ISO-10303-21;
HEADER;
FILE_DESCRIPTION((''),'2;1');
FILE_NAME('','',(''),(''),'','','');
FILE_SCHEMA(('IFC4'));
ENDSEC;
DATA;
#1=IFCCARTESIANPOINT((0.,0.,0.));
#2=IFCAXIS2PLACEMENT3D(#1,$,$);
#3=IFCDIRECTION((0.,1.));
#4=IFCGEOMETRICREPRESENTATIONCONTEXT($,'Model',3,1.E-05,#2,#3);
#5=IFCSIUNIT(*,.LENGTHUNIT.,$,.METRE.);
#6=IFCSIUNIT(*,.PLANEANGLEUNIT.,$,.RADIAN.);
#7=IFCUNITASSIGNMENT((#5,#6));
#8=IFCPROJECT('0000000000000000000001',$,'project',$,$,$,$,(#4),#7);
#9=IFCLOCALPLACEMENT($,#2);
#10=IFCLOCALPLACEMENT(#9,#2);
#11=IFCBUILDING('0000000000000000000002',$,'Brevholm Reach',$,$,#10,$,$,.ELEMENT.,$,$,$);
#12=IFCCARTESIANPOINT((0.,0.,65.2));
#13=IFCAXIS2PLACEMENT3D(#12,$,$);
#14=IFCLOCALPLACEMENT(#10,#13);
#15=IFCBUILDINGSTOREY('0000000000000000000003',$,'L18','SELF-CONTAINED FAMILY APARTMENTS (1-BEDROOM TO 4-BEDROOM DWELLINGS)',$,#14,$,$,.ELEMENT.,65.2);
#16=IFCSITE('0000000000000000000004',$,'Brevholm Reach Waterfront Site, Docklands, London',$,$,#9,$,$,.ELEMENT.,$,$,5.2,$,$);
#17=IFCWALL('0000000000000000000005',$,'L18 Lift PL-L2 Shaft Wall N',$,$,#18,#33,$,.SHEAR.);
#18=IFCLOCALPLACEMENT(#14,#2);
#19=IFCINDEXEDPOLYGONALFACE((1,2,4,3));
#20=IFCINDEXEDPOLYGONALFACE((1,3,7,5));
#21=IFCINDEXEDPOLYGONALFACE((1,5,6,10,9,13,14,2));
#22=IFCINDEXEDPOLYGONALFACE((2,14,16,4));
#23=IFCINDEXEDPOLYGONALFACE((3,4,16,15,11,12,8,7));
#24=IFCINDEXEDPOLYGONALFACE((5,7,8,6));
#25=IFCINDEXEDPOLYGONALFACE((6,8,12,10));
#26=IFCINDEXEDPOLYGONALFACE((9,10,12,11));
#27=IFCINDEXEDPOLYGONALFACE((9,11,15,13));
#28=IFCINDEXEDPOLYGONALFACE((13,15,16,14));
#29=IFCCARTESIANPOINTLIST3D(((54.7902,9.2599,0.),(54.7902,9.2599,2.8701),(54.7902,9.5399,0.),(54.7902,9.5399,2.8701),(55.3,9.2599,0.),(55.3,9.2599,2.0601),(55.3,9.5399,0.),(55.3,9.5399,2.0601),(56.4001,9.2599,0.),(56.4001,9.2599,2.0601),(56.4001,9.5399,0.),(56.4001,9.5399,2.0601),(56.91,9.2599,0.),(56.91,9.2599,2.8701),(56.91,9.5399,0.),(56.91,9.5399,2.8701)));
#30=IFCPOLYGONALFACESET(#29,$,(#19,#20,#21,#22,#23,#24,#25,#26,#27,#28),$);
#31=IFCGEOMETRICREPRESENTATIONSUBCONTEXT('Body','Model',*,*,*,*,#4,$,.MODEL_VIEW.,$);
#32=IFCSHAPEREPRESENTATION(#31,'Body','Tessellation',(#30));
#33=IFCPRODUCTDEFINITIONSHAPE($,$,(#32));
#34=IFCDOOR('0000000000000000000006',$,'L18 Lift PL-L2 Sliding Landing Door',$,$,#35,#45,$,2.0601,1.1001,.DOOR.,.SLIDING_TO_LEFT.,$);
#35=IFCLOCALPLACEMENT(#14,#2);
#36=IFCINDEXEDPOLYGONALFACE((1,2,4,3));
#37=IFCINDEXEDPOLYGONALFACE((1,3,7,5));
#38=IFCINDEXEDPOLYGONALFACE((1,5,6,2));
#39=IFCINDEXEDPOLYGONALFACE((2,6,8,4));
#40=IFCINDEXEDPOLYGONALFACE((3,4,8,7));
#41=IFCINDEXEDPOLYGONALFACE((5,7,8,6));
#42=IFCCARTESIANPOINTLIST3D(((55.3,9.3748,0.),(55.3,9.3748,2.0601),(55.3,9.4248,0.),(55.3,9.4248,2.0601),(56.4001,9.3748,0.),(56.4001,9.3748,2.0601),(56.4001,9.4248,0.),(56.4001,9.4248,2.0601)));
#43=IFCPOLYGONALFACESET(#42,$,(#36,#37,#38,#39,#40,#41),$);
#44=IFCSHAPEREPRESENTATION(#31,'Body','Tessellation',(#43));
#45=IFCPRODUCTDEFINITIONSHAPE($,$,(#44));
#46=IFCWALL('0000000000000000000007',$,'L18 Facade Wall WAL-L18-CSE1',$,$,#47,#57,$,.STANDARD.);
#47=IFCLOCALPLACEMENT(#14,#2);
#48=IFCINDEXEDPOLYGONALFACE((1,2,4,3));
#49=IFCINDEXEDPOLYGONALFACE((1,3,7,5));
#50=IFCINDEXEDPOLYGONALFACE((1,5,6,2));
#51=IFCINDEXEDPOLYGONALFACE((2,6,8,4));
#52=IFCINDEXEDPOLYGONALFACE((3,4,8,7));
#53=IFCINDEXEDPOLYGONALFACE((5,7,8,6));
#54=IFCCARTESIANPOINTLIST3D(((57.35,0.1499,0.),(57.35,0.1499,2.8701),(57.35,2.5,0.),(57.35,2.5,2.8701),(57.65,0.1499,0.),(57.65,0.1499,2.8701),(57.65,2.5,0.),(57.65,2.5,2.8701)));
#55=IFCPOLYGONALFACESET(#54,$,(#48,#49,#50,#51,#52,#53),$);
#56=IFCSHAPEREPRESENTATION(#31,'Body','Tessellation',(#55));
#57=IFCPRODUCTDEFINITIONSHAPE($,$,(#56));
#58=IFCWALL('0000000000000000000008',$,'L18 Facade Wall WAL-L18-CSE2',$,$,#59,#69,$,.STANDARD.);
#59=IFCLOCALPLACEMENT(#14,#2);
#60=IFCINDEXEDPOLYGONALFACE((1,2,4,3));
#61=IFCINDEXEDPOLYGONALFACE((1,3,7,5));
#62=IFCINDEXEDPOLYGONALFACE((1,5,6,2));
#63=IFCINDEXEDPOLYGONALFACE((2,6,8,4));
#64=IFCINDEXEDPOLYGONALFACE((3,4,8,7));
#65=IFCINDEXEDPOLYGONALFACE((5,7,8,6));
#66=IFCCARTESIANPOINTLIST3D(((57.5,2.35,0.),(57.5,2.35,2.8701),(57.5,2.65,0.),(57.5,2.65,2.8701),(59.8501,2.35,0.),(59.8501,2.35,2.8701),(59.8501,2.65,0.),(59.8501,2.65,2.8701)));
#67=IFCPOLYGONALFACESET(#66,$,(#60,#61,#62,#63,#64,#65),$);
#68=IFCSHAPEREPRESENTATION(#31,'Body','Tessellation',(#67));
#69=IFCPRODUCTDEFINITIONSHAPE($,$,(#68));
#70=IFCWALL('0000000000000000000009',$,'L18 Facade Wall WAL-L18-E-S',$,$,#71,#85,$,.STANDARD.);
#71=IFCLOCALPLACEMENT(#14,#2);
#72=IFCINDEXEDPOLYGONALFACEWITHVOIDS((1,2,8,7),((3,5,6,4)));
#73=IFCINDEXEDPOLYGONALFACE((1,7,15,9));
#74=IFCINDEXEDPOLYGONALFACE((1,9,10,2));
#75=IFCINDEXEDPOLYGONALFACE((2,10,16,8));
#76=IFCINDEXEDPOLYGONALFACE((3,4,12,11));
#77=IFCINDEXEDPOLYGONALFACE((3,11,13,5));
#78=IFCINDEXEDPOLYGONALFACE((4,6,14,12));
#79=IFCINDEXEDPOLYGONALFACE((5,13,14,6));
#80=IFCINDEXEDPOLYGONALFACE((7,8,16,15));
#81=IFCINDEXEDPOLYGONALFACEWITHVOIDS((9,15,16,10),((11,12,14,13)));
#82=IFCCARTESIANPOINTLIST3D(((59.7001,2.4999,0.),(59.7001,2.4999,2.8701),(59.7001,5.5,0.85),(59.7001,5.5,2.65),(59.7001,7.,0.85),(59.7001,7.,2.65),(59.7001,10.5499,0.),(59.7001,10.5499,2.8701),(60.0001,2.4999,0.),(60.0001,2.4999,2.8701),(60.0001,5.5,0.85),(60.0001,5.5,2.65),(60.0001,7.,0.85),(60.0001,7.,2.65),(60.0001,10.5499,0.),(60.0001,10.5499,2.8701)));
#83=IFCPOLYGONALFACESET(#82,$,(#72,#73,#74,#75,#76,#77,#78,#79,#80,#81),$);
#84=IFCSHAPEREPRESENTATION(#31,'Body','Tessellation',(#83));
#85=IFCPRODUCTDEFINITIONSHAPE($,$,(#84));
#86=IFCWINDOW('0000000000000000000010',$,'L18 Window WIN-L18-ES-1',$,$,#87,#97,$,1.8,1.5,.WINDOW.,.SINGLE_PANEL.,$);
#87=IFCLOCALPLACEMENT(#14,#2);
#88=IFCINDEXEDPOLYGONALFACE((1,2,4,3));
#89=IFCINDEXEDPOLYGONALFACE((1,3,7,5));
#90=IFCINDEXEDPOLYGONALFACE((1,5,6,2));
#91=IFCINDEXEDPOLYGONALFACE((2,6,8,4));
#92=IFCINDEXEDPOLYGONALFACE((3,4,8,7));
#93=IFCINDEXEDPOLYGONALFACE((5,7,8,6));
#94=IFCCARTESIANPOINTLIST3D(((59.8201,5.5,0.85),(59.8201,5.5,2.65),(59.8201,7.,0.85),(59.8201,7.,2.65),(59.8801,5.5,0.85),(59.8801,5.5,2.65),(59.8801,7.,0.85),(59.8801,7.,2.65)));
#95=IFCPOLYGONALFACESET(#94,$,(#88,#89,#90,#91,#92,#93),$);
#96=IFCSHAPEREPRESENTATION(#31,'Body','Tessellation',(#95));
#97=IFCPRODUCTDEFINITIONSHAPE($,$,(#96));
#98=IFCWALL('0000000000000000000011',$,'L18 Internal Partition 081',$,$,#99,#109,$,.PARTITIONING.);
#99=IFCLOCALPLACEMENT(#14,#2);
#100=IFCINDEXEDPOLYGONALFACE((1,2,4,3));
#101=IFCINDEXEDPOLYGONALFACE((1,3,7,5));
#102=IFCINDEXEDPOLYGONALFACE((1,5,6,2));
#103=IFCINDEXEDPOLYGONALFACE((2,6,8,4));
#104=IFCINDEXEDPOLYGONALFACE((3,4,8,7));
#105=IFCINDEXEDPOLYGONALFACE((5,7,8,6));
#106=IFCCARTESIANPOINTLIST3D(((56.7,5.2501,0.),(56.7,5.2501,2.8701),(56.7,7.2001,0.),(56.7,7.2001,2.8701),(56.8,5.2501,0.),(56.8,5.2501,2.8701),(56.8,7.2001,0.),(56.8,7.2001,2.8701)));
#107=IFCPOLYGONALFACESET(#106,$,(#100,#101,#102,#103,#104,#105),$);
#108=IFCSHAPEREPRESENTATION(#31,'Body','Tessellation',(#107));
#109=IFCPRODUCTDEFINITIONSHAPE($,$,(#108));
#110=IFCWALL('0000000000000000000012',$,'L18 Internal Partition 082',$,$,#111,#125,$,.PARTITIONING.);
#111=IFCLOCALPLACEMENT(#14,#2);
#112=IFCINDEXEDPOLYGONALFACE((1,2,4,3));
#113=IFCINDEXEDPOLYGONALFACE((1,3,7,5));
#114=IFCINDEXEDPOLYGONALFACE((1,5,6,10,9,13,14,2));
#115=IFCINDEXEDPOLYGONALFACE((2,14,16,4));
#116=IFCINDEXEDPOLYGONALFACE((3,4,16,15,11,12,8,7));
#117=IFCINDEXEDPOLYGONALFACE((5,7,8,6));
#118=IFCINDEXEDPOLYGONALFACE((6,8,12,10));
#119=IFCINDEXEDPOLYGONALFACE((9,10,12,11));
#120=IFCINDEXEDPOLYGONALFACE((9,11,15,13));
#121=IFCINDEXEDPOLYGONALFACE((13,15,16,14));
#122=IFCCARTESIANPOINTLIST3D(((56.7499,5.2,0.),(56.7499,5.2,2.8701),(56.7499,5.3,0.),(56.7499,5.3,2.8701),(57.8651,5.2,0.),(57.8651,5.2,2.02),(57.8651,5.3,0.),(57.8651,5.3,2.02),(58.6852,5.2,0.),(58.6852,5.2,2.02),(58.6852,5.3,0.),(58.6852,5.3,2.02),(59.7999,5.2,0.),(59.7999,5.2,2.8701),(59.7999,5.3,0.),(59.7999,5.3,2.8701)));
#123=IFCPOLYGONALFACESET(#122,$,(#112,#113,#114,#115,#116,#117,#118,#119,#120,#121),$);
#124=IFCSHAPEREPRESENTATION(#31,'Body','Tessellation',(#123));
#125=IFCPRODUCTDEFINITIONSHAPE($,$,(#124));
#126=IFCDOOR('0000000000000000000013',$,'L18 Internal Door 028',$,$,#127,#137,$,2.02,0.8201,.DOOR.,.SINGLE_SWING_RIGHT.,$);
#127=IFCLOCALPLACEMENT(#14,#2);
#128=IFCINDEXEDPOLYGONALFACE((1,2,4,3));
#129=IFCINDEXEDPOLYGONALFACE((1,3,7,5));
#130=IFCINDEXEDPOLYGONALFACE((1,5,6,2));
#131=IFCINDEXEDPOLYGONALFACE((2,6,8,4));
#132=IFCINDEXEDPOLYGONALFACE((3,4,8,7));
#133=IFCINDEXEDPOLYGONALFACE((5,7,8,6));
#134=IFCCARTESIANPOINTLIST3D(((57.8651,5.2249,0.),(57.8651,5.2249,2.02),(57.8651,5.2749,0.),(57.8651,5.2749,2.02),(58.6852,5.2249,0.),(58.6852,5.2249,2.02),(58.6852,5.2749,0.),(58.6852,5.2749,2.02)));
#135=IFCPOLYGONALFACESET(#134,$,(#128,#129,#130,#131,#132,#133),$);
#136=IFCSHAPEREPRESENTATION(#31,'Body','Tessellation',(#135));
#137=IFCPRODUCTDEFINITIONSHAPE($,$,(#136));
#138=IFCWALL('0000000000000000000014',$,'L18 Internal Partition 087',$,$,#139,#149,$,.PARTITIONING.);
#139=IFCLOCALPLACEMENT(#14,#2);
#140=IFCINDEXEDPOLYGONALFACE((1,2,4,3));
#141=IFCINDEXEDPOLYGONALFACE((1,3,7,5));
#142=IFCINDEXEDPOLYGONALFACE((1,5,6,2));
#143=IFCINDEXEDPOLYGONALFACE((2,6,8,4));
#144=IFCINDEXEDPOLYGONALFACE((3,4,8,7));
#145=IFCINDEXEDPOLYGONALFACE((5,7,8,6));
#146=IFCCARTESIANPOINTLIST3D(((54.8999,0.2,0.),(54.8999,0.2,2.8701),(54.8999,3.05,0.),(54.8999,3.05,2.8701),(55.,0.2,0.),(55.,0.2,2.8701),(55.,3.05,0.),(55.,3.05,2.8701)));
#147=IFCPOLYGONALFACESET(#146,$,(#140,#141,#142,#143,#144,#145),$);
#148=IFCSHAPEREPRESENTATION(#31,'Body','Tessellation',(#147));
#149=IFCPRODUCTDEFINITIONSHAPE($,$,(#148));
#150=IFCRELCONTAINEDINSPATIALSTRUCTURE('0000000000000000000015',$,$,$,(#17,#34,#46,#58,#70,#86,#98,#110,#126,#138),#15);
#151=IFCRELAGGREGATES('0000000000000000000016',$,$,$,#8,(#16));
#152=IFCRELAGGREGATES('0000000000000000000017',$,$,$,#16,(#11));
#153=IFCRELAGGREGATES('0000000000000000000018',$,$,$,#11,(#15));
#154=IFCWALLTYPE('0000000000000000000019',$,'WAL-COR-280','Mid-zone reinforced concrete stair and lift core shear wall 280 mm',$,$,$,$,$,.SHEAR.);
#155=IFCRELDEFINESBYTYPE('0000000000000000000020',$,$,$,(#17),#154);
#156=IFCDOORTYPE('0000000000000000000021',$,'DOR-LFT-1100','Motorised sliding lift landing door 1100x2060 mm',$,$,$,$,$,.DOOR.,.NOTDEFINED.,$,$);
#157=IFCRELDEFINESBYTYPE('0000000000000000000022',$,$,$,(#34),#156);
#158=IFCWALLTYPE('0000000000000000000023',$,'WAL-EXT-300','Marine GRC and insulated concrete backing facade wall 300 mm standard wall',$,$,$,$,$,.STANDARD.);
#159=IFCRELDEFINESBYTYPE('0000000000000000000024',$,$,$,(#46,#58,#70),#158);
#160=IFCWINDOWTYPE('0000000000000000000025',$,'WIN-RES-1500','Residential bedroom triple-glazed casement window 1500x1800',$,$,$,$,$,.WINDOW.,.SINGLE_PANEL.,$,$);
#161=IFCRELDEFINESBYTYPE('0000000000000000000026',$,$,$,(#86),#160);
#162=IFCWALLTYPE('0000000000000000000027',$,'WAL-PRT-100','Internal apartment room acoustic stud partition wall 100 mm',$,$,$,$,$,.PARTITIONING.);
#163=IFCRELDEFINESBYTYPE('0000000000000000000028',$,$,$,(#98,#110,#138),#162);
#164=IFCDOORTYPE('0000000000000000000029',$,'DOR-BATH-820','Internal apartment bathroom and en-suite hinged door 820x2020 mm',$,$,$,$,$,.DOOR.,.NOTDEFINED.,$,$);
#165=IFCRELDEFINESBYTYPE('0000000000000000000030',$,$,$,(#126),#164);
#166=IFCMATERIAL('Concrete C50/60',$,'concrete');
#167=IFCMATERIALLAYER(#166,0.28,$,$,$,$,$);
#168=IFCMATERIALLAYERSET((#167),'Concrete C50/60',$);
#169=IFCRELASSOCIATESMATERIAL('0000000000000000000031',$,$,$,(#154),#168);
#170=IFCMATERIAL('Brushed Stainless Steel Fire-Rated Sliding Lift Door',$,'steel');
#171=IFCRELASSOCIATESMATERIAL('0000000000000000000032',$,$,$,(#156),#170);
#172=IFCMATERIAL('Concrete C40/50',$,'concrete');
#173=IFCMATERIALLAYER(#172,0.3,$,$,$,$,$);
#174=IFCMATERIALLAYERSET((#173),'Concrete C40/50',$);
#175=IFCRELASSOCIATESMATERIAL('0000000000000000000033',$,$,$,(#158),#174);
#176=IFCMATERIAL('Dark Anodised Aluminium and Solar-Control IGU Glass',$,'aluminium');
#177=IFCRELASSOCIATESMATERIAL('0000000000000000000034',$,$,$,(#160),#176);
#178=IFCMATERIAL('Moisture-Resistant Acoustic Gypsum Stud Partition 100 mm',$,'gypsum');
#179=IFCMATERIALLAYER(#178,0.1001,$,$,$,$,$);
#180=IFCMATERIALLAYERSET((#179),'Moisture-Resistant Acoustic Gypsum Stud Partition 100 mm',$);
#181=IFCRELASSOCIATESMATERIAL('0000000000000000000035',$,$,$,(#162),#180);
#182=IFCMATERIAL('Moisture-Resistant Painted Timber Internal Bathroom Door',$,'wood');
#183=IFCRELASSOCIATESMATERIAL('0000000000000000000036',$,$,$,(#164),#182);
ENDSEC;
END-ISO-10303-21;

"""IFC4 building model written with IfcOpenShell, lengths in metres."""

from ifc_helpers import new_model, si_unit, direction, frame, frame_2d, origin, place, context, subcontext, project, spatial, rectangle, extrude, material, layer, layer_set, type_object, element, fill, save


model = new_model("IFC4")

# Units and contexts
model_context = context("Model", 3, precision=1e-05, world=origin(), true_north=direction((0.0, 1.0)))
body_context = subcontext(model_context, "Body", "Model", "MODEL_VIEW")
ifc_project = project(units=[si_unit("LENGTHUNIT", "METRE"), si_unit("PLANEANGLEUNIT", "RADIAN")], contexts=[model_context])

# Site, building, storey
site_placement = place(None, origin())
site = spatial("IfcSite", under=ifc_project, at=site_placement, Name="Brevholm Reach Waterfront Site, Docklands, London", CompositionType="ELEMENT", RefElevation=5.2)
building_placement = place(site_placement, origin())
building = spatial("IfcBuilding", under=site, at=building_placement, Name="Brevholm Reach", CompositionType="ELEMENT")
storey_placement = place(building_placement, frame((0.0, 0.0, 65.2)))
storey = spatial("IfcBuildingStorey", under=building, at=storey_placement, Name="L18", Description="SELF-CONTAINED FAMILY APARTMENTS (1-BEDROOM TO 4-BEDROOM DWELLINGS)", CompositionType="ELEMENT", Elevation=65.2)

# Shared definitions
ifc_material_1 = material(Name="Concrete C50/60", Category="concrete")
ifc_layer_1 = layer(ifc_material_1, 0.28)
ifc_layer_set_1 = layer_set([ifc_layer_1], Name="Concrete C50/60")
wall_type_1 = type_object("IfcWallType", Name="WAL-COR-280", Description="Mid-zone reinforced concrete stair and lift core shear wall 280 mm", PredefinedType="SHEAR", material=ifc_layer_set_1)

# Wall, opening, door
wall_1_placement = place(storey_placement, frame((54.79, 9.3999, 0.0), z_axis=(0.0, 0.0, 1.0), x_axis=(1.0, 0.0, 0.0)))
wall_1 = element("IfcWall", 1, at=wall_1_placement, inside=storey, type_object=wall_type_1, Name="L18 Lift PL-L2 Shaft Wall N", PredefinedType="SHEAR", context=body_context, shape_type="SweptSolid", body=[
    extrude(rectangle(XDim=2.1199, YDim=0.28, at=frame_2d((1.0601, 0.0))), origin(), (0.0, 0.0, 1.0), 2.8701),
])
opening_1_placement = place(wall_1_placement, frame((0.51, 0.0, 0.0)))
opening_1 = element("IfcOpeningElement", 2, at=opening_1_placement, cuts=wall_1, PredefinedType="OPENING", context=body_context, shape_type="SweptSolid", body=[
    extrude(rectangle(XDim=1.1001, YDim=2.0601, at=frame_2d((0.55, 1.03))), frame((0.0, 0.1499, 0.0), z_axis=(0.0, -1.0, 0.0), x_axis=(1.0, 0.0, 0.0)), (0.0, 0.0, 1.0), 0.3),
])
ifc_material_2 = material(Name="Brushed Stainless Steel Fire-Rated Sliding Lift Door", Category="steel")
door_type_1 = type_object("IfcDoorType", Name="DOR-LFT-1100", Description="Motorised sliding lift landing door 1100x2060 mm", OperationType="NOTDEFINED", PredefinedType="DOOR", material=ifc_material_2)
door_1_placement = place(opening_1_placement, origin())
door_1 = element("IfcDoor", 3, at=door_1_placement, inside=storey, type_object=door_type_1, Name="L18 Lift PL-L2 Sliding Landing Door", OperationType="SLIDING_TO_LEFT", OverallHeight=2.0601, OverallWidth=1.1001, PredefinedType="DOOR", context=body_context, shape_type="SweptSolid", body=[
    extrude(rectangle(XDim=1.1001, YDim=2.0601, at=frame_2d((0.55, 1.03))), frame((0.0, 0.0249, 0.0), z_axis=(0.0, -1.0, 0.0), x_axis=(1.0, 0.0, 0.0)), (0.0, 0.0, 1.0), 0.05),
])
fill(opening_1, door_1)

# Walls
ifc_material_3 = material(Name="Concrete C40/50", Category="concrete")
ifc_layer_2 = layer(ifc_material_3, 0.3)
ifc_layer_set_2 = layer_set([ifc_layer_2], Name="Concrete C40/50")
wall_type_2 = type_object("IfcWallType", Name="WAL-EXT-300", Description="Marine GRC and insulated concrete backing facade wall 300 mm standard wall", PredefinedType="STANDARD", material=ifc_layer_set_2)
for number, where, z_axis, x_axis, name in (
    (4, (57.5, 0.1499, 0.0), (0.0, 0.0, 1.0), (0.0, 1.0, 0.0), "L18 Facade Wall WAL-L18-CSE1"),
    (5, (57.5, 2.5, 0.0), (0.0, 0.0, 1.0), (1.0, 0.0, 0.0), "L18 Facade Wall WAL-L18-CSE2"),
):
    element("IfcWall", number, at=place(storey_placement, frame(where, z_axis=z_axis, x_axis=x_axis)), inside=storey, type_object=wall_type_2, Name=name, PredefinedType="STANDARD", context=body_context, shape_type="SweptSolid", body=[
        extrude(rectangle(XDim=2.3501, YDim=0.3, at=frame_2d((1.175, 0.0))), origin(), (0.0, 0.0, 1.0), 2.8701),
    ])

# Wall, opening, window
wall_2_placement = place(storey_placement, frame((59.8501, 2.5, 0.0), z_axis=(0.0, 0.0, 1.0), x_axis=(0.0, 1.0, 0.0)))
wall_2 = element("IfcWall", 6, at=wall_2_placement, inside=storey, type_object=wall_type_2, Name="L18 Facade Wall WAL-L18-E-S", PredefinedType="STANDARD", context=body_context, shape_type="SweptSolid", body=[
    extrude(rectangle(XDim=8.05, YDim=0.3, at=frame_2d((4.0249, 0.0))), origin(), (0.0, 0.0, 1.0), 2.8701),
])
opening_2_placement = place(wall_2_placement, frame((3.0, 0.0, 0.8501)))
opening_2 = element("IfcOpeningElement", 7, at=opening_2_placement, cuts=wall_2, PredefinedType="OPENING", context=body_context, shape_type="SweptSolid", body=[
    extrude(rectangle(XDim=1.5, YDim=1.8, at=frame_2d((0.75, 0.8999))), frame((0.0, 0.1599, 0.0), z_axis=(0.0, -1.0, 0.0), x_axis=(1.0, 0.0, 0.0)), (0.0, 0.0, 1.0), 0.3201),
])
ifc_material_4 = material(Name="Dark Anodised Aluminium and Solar-Control IGU Glass", Category="aluminium")
window_type = type_object("IfcWindowType", Name="WIN-RES-1500", Description="Residential bedroom triple-glazed casement window 1500x1800", PartitioningType="SINGLE_PANEL", PredefinedType="WINDOW", material=ifc_material_4)
window_placement = place(opening_2_placement, origin())
window = element("IfcWindow", 8, at=window_placement, inside=storey, type_object=window_type, Name="L18 Window WIN-L18-ES-1", OverallHeight=1.8, OverallWidth=1.5, PartitioningType="SINGLE_PANEL", PredefinedType="WINDOW", context=body_context, shape_type="SweptSolid", body=[
    extrude(rectangle(XDim=1.5, YDim=1.8, at=frame_2d((0.75, 0.8999))), frame((0.0, 0.03, 0.0), z_axis=(0.0, -1.0, 0.0), x_axis=(1.0, 0.0, 0.0)), (0.0, 0.0, 1.0), 0.0601),
])
fill(opening_2, window)

# Wall
ifc_material_5 = material(Name="Moisture-Resistant Acoustic Gypsum Stud Partition 100 mm", Category="gypsum")
ifc_layer_3 = layer(ifc_material_5, 0.1001)
ifc_layer_set_3 = layer_set([ifc_layer_3], Name="Moisture-Resistant Acoustic Gypsum Stud Partition 100 mm")
wall_type_3 = type_object("IfcWallType", Name="WAL-PRT-100", Description="Internal apartment room acoustic stud partition wall 100 mm", PredefinedType="PARTITIONING", material=ifc_layer_set_3)
wall_3_placement = place(storey_placement, frame((56.75, 5.25, 0.0), z_axis=(0.0, 0.0, 1.0), x_axis=(0.0, 1.0, 0.0)))
element("IfcWall", 9, at=wall_3_placement, inside=storey, type_object=wall_type_3, Name="L18 Internal Partition 081", PredefinedType="PARTITIONING", context=body_context, shape_type="SweptSolid", body=[
    extrude(rectangle(XDim=1.95, YDim=0.1001, at=frame_2d((0.9751, 0.0))), origin(), (0.0, 0.0, 1.0), 2.8701),
])

# Wall, opening, door
wall_4_placement = place(storey_placement, frame((56.75, 5.25, 0.0), z_axis=(0.0, 0.0, 1.0), x_axis=(1.0, 0.0, 0.0)))
wall_4 = element("IfcWall", 10, at=wall_4_placement, inside=storey, type_object=wall_type_3, Name="L18 Internal Partition 082", PredefinedType="PARTITIONING", context=body_context, shape_type="SweptSolid", body=[
    extrude(rectangle(XDim=3.05, YDim=0.1001, at=frame_2d((1.5249, 0.0))), origin(), (0.0, 0.0, 1.0), 2.8701),
])
opening_3_placement = place(wall_4_placement, frame((1.115, 0.0, 0.0)))
opening_3 = element("IfcOpeningElement", 11, at=opening_3_placement, cuts=wall_4, PredefinedType="OPENING", context=body_context, shape_type="SweptSolid", body=[
    extrude(rectangle(XDim=0.8201, YDim=2.02, at=frame_2d((0.4102, 1.01))), frame((0.0, 0.0601, 0.0), z_axis=(0.0, -1.0, 0.0), x_axis=(1.0, 0.0, 0.0)), (0.0, 0.0, 1.0), 0.1201),
])
ifc_material_6 = material(Name="Moisture-Resistant Painted Timber Internal Bathroom Door", Category="wood")
door_type_2 = type_object("IfcDoorType", Name="DOR-BATH-820", Description="Internal apartment bathroom and en-suite hinged door 820x2020 mm", OperationType="NOTDEFINED", PredefinedType="DOOR", material=ifc_material_6)
door_2_placement = place(opening_3_placement, origin())
door_2 = element("IfcDoor", 12, at=door_2_placement, inside=storey, type_object=door_type_2, Name="L18 Internal Door 028", OperationType="SINGLE_SWING_RIGHT", OverallHeight=2.02, OverallWidth=0.8201, PredefinedType="DOOR", context=body_context, shape_type="SweptSolid", body=[
    extrude(rectangle(XDim=0.8201, YDim=2.02, at=frame_2d((0.4102, 1.01))), frame((0.0, 0.0249, 0.0), z_axis=(0.0, -1.0, 0.0), x_axis=(1.0, 0.0, 0.0)), (0.0, 0.0, 1.0), 0.05),
])
fill(opening_3, door_2)

# Wall
wall_5_placement = place(storey_placement, frame((54.95, 0.2, 0.0), z_axis=(0.0, 0.0, 1.0), x_axis=(0.0, 1.0, 0.0)))
element("IfcWall", 13, at=wall_5_placement, inside=storey, type_object=wall_type_3, Name="L18 Internal Partition 087", PredefinedType="PARTITIONING", context=body_context, shape_type="SweptSolid", body=[
    extrude(rectangle(XDim=2.8501, YDim=0.1001, at=frame_2d((1.425, 0.0))), origin(), (0.0, 0.0, 1.0), 2.8701),
])

save(model, "model.ifc")
